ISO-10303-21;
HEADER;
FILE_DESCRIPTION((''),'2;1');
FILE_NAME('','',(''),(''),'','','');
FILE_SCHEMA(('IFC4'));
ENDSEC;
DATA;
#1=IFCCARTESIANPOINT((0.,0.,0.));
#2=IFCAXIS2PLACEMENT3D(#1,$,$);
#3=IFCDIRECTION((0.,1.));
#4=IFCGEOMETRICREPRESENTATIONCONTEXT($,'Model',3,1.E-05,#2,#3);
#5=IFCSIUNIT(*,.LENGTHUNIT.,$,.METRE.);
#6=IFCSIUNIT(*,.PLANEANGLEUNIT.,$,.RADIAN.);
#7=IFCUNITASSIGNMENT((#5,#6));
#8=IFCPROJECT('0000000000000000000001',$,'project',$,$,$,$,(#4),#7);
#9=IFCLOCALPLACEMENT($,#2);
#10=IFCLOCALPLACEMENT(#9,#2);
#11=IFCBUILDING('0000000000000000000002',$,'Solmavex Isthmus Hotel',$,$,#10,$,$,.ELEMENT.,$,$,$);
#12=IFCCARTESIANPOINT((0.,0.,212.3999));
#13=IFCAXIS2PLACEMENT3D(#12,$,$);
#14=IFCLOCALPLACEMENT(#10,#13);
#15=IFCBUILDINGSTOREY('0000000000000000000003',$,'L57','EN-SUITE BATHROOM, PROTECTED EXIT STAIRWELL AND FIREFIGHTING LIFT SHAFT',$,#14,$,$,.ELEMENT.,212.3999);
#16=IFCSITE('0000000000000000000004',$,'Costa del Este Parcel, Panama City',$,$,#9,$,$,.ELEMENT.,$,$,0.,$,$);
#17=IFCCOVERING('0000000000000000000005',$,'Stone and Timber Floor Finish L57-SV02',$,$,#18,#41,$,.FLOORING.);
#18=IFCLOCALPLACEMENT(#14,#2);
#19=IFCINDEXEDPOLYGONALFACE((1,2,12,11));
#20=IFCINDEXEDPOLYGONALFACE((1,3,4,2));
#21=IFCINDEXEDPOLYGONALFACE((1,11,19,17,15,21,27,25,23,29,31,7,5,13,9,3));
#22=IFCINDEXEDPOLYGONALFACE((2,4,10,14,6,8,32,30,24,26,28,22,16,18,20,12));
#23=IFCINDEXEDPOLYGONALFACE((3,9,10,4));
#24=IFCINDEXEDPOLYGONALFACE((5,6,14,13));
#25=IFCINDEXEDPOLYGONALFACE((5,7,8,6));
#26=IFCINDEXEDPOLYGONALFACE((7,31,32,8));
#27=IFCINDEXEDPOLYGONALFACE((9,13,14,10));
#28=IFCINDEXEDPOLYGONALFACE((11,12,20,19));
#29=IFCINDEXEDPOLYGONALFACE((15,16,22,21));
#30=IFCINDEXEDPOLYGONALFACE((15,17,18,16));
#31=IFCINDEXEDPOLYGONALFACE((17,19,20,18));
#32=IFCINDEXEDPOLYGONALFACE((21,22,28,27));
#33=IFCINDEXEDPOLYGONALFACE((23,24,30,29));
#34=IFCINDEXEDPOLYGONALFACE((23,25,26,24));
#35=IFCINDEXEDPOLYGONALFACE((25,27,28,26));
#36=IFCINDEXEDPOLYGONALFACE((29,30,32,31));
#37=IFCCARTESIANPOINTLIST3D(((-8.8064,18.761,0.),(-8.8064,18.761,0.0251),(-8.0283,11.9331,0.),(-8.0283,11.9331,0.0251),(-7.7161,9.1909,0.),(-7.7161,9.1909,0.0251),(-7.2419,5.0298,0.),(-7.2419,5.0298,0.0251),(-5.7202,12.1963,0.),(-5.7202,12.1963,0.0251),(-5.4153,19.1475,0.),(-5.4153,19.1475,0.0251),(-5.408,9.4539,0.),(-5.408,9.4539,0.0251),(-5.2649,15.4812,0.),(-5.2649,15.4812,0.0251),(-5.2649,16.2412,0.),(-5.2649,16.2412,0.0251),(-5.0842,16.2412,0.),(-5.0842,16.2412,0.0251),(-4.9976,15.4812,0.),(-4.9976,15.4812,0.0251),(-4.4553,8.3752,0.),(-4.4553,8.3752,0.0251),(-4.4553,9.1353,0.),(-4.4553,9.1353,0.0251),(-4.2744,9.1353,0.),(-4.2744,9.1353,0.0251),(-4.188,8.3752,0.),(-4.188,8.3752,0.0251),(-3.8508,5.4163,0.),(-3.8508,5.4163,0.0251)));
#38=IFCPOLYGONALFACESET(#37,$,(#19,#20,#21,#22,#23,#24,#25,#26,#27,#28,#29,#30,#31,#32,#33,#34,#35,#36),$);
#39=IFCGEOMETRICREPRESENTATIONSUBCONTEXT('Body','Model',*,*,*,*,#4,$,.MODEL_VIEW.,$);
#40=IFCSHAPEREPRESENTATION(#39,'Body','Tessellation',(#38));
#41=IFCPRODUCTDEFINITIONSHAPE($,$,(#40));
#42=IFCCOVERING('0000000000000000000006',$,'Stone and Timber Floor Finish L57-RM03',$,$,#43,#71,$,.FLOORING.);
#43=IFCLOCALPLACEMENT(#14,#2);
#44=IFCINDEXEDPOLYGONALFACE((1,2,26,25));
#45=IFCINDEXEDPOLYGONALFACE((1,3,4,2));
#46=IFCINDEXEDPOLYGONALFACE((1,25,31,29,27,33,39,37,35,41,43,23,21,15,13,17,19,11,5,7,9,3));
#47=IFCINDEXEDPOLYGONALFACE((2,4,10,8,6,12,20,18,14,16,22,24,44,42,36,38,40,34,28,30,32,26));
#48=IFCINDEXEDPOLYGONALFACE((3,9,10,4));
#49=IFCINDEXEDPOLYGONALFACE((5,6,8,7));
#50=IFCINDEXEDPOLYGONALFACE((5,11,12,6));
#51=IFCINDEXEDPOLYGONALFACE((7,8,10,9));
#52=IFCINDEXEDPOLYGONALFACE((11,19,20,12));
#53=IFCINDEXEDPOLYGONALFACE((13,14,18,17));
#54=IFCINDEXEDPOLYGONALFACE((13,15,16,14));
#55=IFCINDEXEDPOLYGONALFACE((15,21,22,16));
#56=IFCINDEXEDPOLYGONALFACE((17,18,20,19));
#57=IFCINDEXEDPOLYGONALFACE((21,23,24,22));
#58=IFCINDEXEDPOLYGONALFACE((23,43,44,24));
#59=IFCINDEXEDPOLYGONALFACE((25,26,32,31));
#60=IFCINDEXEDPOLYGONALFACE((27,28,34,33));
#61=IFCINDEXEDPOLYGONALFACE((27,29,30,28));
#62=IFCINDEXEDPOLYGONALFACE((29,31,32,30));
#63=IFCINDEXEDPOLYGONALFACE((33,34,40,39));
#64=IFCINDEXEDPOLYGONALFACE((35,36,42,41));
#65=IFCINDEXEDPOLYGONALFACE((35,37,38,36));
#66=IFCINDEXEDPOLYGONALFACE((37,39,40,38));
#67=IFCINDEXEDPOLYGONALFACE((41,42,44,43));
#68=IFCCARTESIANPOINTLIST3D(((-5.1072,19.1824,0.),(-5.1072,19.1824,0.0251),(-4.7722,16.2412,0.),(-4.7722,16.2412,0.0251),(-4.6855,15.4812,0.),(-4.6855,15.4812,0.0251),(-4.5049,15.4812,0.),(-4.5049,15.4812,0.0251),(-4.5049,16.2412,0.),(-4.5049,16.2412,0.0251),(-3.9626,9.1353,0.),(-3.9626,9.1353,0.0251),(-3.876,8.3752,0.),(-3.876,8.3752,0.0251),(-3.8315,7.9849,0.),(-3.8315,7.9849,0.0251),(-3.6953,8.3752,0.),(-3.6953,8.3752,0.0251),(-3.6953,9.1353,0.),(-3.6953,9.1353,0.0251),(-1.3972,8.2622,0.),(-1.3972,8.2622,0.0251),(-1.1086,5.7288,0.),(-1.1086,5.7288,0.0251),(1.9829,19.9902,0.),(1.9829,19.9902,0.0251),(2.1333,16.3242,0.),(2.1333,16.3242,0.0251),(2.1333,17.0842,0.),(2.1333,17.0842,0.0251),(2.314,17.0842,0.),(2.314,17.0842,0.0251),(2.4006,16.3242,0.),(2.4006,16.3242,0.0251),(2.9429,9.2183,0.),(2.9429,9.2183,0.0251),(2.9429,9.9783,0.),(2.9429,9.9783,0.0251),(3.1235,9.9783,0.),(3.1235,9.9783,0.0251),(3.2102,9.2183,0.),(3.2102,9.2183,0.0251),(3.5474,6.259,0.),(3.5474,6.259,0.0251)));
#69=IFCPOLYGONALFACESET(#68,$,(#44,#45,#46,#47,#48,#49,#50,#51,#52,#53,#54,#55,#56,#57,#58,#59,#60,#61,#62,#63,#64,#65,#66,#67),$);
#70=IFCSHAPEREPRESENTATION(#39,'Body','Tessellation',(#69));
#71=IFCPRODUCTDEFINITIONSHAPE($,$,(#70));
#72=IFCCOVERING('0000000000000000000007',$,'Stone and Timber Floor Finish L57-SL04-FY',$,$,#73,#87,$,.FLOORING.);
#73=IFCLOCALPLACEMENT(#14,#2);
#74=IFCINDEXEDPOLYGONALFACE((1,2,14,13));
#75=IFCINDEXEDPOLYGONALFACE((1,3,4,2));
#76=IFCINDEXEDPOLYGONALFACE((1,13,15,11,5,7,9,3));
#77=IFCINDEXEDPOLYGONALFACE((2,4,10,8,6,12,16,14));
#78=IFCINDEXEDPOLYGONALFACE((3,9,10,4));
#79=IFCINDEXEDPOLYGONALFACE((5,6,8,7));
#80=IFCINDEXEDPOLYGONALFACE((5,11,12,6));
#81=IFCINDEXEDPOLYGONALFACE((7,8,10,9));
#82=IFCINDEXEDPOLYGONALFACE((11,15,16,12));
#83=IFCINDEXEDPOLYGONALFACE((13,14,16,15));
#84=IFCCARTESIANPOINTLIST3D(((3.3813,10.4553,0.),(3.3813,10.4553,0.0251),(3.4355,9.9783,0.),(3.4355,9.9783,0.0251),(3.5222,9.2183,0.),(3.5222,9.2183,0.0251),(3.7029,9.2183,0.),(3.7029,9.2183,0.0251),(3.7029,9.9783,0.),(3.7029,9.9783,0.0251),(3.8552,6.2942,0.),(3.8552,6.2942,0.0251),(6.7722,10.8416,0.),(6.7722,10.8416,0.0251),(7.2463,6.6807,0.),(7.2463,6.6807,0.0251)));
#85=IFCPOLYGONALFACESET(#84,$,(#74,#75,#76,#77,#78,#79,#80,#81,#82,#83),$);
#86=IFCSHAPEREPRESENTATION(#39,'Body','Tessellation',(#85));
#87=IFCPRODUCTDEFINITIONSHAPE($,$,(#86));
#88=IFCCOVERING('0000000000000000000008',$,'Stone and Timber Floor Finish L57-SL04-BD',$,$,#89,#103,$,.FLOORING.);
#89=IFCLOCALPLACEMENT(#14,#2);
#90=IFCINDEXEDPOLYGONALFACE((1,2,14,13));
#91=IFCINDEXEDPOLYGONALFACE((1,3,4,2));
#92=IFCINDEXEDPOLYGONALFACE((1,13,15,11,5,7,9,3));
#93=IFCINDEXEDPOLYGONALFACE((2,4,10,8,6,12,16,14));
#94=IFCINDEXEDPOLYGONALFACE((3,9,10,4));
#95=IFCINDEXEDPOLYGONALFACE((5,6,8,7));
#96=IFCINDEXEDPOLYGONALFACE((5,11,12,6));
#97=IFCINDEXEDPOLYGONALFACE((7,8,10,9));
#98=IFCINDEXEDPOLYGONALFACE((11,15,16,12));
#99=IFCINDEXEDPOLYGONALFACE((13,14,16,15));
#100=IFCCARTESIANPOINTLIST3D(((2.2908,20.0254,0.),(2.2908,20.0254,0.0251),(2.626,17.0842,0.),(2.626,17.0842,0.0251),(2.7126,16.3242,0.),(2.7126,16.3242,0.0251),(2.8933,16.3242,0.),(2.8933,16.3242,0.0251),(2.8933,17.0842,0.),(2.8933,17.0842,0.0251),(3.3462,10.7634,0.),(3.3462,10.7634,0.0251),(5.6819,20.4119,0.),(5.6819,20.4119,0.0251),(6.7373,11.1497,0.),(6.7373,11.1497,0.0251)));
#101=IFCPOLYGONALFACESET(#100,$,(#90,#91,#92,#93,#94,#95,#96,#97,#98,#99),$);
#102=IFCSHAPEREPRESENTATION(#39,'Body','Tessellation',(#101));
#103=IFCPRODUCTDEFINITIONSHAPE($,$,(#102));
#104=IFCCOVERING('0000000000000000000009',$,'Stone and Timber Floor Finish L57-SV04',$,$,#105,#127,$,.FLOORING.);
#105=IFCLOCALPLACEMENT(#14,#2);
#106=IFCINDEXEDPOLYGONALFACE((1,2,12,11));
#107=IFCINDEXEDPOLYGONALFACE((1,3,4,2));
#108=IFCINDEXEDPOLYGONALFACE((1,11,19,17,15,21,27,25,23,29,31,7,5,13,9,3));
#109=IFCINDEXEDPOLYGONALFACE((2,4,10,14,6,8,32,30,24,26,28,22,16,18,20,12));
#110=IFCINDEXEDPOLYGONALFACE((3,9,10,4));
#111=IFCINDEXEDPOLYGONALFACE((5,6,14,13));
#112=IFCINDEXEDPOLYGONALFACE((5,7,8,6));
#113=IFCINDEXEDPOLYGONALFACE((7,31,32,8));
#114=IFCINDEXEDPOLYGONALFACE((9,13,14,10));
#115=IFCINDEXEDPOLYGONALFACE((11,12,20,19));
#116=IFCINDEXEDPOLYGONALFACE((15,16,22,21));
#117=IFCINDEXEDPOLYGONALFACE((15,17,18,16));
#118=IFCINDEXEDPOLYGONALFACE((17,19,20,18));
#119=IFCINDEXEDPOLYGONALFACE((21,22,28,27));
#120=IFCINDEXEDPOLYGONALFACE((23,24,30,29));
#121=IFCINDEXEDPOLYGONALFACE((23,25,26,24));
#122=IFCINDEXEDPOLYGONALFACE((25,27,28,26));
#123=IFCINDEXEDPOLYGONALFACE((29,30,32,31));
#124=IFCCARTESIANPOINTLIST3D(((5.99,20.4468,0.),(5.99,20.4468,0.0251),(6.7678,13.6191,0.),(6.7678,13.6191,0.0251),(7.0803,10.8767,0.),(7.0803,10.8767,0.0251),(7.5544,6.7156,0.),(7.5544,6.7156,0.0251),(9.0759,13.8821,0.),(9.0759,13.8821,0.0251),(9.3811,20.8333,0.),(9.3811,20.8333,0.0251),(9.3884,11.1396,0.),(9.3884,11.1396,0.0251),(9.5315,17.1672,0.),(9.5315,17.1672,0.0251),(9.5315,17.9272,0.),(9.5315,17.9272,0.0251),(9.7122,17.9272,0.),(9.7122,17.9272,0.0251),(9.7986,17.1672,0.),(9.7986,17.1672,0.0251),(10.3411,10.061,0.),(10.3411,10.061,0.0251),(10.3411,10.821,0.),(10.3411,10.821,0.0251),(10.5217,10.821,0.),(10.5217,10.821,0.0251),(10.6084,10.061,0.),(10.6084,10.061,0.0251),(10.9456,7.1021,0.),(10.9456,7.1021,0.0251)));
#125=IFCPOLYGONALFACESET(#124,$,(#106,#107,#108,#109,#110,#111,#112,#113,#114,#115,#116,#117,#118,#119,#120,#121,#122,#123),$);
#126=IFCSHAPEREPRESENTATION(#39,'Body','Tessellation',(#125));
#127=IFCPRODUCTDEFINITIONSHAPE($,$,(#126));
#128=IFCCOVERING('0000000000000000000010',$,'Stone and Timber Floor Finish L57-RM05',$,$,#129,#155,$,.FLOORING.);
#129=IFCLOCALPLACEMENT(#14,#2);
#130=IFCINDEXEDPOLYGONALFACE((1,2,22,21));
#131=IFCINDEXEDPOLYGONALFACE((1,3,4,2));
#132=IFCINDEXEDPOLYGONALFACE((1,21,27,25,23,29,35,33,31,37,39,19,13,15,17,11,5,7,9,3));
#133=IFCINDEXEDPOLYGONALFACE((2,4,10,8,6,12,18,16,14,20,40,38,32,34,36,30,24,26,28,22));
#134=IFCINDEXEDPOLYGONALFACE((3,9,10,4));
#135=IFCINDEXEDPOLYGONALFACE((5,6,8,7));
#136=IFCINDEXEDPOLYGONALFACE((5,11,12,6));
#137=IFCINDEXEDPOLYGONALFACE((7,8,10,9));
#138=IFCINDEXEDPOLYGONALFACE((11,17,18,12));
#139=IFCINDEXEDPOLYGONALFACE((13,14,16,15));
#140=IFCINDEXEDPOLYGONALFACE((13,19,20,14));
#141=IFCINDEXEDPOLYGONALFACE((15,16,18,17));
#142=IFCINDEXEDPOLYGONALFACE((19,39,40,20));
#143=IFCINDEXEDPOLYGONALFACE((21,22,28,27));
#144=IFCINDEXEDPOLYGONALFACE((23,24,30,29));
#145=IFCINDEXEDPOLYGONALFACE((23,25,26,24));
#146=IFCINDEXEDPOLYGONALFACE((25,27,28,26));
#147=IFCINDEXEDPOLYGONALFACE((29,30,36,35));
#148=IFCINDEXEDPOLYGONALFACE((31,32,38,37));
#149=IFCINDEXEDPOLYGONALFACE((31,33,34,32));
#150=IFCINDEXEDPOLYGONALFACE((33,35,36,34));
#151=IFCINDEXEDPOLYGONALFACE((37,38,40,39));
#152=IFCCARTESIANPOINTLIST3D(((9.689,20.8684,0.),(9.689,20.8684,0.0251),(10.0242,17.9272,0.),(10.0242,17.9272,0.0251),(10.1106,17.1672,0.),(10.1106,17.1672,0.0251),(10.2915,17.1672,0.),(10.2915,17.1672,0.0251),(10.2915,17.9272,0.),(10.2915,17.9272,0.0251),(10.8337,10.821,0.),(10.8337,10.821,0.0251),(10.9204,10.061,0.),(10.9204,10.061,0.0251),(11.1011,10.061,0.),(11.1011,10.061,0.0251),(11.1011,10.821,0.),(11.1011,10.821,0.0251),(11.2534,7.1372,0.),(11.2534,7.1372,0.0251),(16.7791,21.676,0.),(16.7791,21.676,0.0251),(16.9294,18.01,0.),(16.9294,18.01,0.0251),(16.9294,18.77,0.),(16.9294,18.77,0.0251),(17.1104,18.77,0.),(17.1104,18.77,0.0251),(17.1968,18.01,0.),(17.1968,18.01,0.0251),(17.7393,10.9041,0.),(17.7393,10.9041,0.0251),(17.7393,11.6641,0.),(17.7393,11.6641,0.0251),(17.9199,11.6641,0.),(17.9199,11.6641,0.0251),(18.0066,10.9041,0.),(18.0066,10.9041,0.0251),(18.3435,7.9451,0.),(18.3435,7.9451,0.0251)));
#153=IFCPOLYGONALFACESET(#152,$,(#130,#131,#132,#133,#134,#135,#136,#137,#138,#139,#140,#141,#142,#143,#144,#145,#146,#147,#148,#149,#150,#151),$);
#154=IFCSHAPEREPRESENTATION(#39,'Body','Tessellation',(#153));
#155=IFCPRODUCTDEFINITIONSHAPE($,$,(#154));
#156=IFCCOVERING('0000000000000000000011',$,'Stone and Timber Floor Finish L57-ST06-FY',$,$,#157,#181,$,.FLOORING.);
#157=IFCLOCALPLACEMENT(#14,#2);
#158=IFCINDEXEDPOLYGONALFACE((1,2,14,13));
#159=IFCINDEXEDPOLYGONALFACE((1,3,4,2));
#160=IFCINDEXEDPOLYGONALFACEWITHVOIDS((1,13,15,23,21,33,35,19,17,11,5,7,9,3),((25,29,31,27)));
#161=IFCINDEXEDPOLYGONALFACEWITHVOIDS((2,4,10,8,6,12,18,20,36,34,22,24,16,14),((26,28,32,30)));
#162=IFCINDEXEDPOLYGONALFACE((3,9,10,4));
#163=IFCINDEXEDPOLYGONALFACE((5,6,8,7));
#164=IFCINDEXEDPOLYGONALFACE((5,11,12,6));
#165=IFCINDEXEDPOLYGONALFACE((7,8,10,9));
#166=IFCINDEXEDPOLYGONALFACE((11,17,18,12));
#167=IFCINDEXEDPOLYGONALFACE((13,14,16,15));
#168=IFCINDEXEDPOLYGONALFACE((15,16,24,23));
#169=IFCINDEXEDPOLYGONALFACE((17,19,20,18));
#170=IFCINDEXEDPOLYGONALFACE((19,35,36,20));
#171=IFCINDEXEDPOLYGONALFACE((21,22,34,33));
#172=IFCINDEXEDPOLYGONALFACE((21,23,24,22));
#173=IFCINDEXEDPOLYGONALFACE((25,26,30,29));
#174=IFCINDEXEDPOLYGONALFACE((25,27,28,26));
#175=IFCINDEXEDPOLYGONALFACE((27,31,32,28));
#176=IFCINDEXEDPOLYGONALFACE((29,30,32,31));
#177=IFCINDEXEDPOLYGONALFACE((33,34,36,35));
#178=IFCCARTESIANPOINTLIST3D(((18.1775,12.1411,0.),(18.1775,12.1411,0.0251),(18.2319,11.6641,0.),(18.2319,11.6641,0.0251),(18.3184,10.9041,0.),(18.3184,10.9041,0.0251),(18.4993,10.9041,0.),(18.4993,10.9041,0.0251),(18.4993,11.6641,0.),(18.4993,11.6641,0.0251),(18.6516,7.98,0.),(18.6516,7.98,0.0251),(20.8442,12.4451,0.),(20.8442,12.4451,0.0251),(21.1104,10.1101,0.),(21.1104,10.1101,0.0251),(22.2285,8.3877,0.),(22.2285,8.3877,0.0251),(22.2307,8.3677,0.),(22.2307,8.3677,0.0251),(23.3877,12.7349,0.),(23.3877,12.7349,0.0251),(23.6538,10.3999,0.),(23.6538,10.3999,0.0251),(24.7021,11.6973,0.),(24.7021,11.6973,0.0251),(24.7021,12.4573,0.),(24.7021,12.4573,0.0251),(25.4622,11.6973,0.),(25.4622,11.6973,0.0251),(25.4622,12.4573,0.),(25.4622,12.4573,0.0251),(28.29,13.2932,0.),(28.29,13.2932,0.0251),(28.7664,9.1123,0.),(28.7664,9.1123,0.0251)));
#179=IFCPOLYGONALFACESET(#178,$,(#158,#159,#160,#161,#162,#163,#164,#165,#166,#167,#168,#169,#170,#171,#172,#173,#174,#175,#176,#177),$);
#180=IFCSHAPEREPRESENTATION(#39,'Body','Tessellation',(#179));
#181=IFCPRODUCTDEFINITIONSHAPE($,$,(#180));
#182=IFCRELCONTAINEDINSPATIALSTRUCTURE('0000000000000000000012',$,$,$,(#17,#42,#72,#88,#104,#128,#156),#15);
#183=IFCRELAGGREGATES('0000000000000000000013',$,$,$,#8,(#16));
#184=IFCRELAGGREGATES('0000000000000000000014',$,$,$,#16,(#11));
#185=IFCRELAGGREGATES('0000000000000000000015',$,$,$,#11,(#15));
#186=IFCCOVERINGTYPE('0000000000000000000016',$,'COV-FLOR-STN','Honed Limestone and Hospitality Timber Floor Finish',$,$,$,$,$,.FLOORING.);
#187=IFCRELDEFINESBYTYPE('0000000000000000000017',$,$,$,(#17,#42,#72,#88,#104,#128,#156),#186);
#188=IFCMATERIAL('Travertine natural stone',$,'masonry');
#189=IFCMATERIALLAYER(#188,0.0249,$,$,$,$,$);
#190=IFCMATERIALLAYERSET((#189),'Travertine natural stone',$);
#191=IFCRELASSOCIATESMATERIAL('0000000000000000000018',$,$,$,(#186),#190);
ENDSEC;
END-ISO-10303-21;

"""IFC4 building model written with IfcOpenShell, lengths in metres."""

from ifc_helpers import new_model, si_unit, direction, frame, origin, place, context, subcontext, project, spatial, polyline, outline, extrude, material, layer, layer_set, type_object, element, save


model = new_model("IFC4")

# Units and contexts
model_context = context("Model", 3, precision=1e-05, world=origin(), true_north=direction((0.0, 1.0)))
body_context = subcontext(model_context, "Body", "Model", "MODEL_VIEW")
ifc_project = project(units=[si_unit("LENGTHUNIT", "METRE"), si_unit("PLANEANGLEUNIT", "RADIAN")], contexts=[model_context])

# Site, building, storey
site_placement = place(None, origin())
site = spatial("IfcSite", under=ifc_project, at=site_placement, Name="Costa del Este Parcel, Panama City", CompositionType="ELEMENT", RefElevation=0.0)
building_placement = place(site_placement, origin())
building = spatial("IfcBuilding", under=site, at=building_placement, Name="Solmavex Isthmus Hotel", CompositionType="ELEMENT")
storey_placement = place(building_placement, frame((0.0, 0.0, 212.3999)))
storey = spatial("IfcBuildingStorey", under=building, at=storey_placement, Name="L57", Description="EN-SUITE BATHROOM, PROTECTED EXIT STAIRWELL AND FIREFIGHTING LIFT SHAFT", CompositionType="ELEMENT", Elevation=212.3999)

# Coverings
ifc_material_1 = material(Name="Travertine natural stone", Category="masonry")
ifc_layer_1 = layer(ifc_material_1, 0.0249)
ifc_layer_set_1 = layer_set([ifc_layer_1], Name="Travertine natural stone")
covering_type_1 = type_object("IfcCoveringType", Name="COV-FLOR-STN", Description="Honed Limestone and Hospitality Timber Floor Finish", PredefinedType="FLOORING", material=ifc_layer_set_1)
covering_1_placement = place(storey_placement, origin())
element("IfcCovering", 1, at=covering_1_placement, inside=storey, type_object=covering_type_1, Name="Stone and Timber Floor Finish L57-SV02", PredefinedType="FLOORING", context=body_context, shape_type="SweptSolid", body=[
    extrude(outline(polyline([(-4.9976, 15.4812), (-5.2649, 15.4812), (-5.2649, 16.2412), (-5.0842, 16.2412), (-5.4153, 19.1475), (-8.8064, 18.761), (-8.0283, 11.9331), (-5.7202, 12.1963), (-5.408, 9.4539), (-7.7161, 9.1909), (-7.2419, 5.0298), (-3.8508, 5.4163), (-4.188, 8.3752), (-4.4553, 8.3752), (-4.4553, 9.1353), (-4.2744, 9.1353), (-4.9976, 15.4812)])), origin(), (0.0, 0.0, 1.0), 0.0251),
])
covering_2_placement = place(storey_placement, origin())
element("IfcCovering", 2, at=covering_2_placement, inside=storey, type_object=covering_type_1, Name="Stone and Timber Floor Finish L57-RM03", PredefinedType="FLOORING", context=body_context, shape_type="SweptSolid", body=[
    extrude(outline(polyline([(-3.9626, 9.1353), (-3.6953, 9.1353), (-3.6953, 8.3752), (-3.876, 8.3752), (-3.8315, 7.9849), (-1.3972, 8.2622), (-1.1086, 5.7288), (3.5474, 6.259), (3.2102, 9.2183), (2.9429, 9.2183), (2.9429, 9.9783), (3.1235, 9.9783), (2.4006, 16.3242), (2.1333, 16.3242), (2.1333, 17.0842), (2.314, 17.0842), (1.9829, 19.9902), (-5.1072, 19.1824), (-4.7722, 16.2412), (-4.5049, 16.2412), (-4.5049, 15.4812), (-4.6855, 15.4812), (-3.9626, 9.1353)])), origin(), (0.0, 0.0, 1.0), 0.0251),
])
covering_3_placement = place(storey_placement, origin())
element("IfcCovering", 3, at=covering_3_placement, inside=storey, type_object=covering_type_1, Name="Stone and Timber Floor Finish L57-SL04-FY", PredefinedType="FLOORING", context=body_context, shape_type="SweptSolid", body=[
    extrude(outline(polyline([(3.4355, 9.9783), (3.7029, 9.9783), (3.7029, 9.2183), (3.5222, 9.2183), (3.8552, 6.2942), (7.2463, 6.6807), (6.7722, 10.8416), (3.3813, 10.4553), (3.4355, 9.9783)])), origin(), (0.0, 0.0, 1.0), 0.0251),
])
covering_4_placement = place(storey_placement, origin())
element("IfcCovering", 4, at=covering_4_placement, inside=storey, type_object=covering_type_1, Name="Stone and Timber Floor Finish L57-SL04-BD", PredefinedType="FLOORING", context=body_context, shape_type="SweptSolid", body=[
    extrude(outline(polyline([(2.626, 17.0842), (2.8933, 17.0842), (2.8933, 16.3242), (2.7126, 16.3242), (3.3462, 10.7634), (6.7373, 11.1497), (5.6819, 20.4119), (2.2908, 20.0254), (2.626, 17.0842)])), origin(), (0.0, 0.0, 1.0), 0.0251),
])
covering_5_placement = place(storey_placement, origin())
element("IfcCovering", 5, at=covering_5_placement, inside=storey, type_object=covering_type_1, Name="Stone and Timber Floor Finish L57-SV04", PredefinedType="FLOORING", context=body_context, shape_type="SweptSolid", body=[
    extrude(outline(polyline([(9.7986, 17.1672), (9.5315, 17.1672), (9.5315, 17.9272), (9.7122, 17.9272), (9.3811, 20.8333), (5.99, 20.4468), (6.7678, 13.6191), (9.0759, 13.8821), (9.3884, 11.1396), (7.0803, 10.8767), (7.5544, 6.7156), (10.9456, 7.1021), (10.6084, 10.061), (10.3411, 10.061), (10.3411, 10.821), (10.5217, 10.821), (9.7986, 17.1672)])), origin(), (0.0, 0.0, 1.0), 0.0251),
])
covering_6_placement = place(storey_placement, origin())
element("IfcCovering", 6, at=covering_6_placement, inside=storey, type_object=covering_type_1, Name="Stone and Timber Floor Finish L57-RM05", PredefinedType="FLOORING", context=body_context, shape_type="SweptSolid", body=[
    extrude(outline(polyline([(10.8337, 10.821), (11.1011, 10.821), (11.1011, 10.061), (10.9204, 10.061), (11.2534, 7.1372), (18.3435, 7.9451), (18.0066, 10.9041), (17.7393, 10.9041), (17.7393, 11.6641), (17.9199, 11.6641), (17.1968, 18.01), (16.9294, 18.01), (16.9294, 18.77), (17.1104, 18.77), (16.7791, 21.676), (9.689, 20.8684), (10.0242, 17.9272), (10.2915, 17.9272), (10.2915, 17.1672), (10.1106, 17.1672), (10.8337, 10.821)])), origin(), (0.0, 0.0, 1.0), 0.0251),
])
covering_7_placement = place(storey_placement, origin())
element("IfcCovering", 7, at=covering_7_placement, inside=storey, type_object=covering_type_1, Name="Stone and Timber Floor Finish L57-ST06-FY", PredefinedType="FLOORING", context=body_context, shape_type="SweptSolid", body=[
    extrude(outline(polyline([(18.1775, 12.1411), (18.2319, 11.6641), (18.4993, 11.6641), (18.4993, 10.9041), (18.3184, 10.9041), (18.6516, 7.98), (22.2285, 8.3877), (22.2307, 8.3677), (28.7664, 9.1123), (28.29, 13.2932), (23.3877, 12.7349), (23.6538, 10.3999), (21.1104, 10.1101), (20.8442, 12.4451), (18.1775, 12.1411)]), holes=[polyline([(24.7021, 11.6973), (24.7021, 12.4573), (25.4622, 12.4573), (25.4622, 11.6973), (24.7021, 11.6973)])]), origin(), (0.0, 0.0, 1.0), 0.0251),
])

save(model, "model.ifc")
